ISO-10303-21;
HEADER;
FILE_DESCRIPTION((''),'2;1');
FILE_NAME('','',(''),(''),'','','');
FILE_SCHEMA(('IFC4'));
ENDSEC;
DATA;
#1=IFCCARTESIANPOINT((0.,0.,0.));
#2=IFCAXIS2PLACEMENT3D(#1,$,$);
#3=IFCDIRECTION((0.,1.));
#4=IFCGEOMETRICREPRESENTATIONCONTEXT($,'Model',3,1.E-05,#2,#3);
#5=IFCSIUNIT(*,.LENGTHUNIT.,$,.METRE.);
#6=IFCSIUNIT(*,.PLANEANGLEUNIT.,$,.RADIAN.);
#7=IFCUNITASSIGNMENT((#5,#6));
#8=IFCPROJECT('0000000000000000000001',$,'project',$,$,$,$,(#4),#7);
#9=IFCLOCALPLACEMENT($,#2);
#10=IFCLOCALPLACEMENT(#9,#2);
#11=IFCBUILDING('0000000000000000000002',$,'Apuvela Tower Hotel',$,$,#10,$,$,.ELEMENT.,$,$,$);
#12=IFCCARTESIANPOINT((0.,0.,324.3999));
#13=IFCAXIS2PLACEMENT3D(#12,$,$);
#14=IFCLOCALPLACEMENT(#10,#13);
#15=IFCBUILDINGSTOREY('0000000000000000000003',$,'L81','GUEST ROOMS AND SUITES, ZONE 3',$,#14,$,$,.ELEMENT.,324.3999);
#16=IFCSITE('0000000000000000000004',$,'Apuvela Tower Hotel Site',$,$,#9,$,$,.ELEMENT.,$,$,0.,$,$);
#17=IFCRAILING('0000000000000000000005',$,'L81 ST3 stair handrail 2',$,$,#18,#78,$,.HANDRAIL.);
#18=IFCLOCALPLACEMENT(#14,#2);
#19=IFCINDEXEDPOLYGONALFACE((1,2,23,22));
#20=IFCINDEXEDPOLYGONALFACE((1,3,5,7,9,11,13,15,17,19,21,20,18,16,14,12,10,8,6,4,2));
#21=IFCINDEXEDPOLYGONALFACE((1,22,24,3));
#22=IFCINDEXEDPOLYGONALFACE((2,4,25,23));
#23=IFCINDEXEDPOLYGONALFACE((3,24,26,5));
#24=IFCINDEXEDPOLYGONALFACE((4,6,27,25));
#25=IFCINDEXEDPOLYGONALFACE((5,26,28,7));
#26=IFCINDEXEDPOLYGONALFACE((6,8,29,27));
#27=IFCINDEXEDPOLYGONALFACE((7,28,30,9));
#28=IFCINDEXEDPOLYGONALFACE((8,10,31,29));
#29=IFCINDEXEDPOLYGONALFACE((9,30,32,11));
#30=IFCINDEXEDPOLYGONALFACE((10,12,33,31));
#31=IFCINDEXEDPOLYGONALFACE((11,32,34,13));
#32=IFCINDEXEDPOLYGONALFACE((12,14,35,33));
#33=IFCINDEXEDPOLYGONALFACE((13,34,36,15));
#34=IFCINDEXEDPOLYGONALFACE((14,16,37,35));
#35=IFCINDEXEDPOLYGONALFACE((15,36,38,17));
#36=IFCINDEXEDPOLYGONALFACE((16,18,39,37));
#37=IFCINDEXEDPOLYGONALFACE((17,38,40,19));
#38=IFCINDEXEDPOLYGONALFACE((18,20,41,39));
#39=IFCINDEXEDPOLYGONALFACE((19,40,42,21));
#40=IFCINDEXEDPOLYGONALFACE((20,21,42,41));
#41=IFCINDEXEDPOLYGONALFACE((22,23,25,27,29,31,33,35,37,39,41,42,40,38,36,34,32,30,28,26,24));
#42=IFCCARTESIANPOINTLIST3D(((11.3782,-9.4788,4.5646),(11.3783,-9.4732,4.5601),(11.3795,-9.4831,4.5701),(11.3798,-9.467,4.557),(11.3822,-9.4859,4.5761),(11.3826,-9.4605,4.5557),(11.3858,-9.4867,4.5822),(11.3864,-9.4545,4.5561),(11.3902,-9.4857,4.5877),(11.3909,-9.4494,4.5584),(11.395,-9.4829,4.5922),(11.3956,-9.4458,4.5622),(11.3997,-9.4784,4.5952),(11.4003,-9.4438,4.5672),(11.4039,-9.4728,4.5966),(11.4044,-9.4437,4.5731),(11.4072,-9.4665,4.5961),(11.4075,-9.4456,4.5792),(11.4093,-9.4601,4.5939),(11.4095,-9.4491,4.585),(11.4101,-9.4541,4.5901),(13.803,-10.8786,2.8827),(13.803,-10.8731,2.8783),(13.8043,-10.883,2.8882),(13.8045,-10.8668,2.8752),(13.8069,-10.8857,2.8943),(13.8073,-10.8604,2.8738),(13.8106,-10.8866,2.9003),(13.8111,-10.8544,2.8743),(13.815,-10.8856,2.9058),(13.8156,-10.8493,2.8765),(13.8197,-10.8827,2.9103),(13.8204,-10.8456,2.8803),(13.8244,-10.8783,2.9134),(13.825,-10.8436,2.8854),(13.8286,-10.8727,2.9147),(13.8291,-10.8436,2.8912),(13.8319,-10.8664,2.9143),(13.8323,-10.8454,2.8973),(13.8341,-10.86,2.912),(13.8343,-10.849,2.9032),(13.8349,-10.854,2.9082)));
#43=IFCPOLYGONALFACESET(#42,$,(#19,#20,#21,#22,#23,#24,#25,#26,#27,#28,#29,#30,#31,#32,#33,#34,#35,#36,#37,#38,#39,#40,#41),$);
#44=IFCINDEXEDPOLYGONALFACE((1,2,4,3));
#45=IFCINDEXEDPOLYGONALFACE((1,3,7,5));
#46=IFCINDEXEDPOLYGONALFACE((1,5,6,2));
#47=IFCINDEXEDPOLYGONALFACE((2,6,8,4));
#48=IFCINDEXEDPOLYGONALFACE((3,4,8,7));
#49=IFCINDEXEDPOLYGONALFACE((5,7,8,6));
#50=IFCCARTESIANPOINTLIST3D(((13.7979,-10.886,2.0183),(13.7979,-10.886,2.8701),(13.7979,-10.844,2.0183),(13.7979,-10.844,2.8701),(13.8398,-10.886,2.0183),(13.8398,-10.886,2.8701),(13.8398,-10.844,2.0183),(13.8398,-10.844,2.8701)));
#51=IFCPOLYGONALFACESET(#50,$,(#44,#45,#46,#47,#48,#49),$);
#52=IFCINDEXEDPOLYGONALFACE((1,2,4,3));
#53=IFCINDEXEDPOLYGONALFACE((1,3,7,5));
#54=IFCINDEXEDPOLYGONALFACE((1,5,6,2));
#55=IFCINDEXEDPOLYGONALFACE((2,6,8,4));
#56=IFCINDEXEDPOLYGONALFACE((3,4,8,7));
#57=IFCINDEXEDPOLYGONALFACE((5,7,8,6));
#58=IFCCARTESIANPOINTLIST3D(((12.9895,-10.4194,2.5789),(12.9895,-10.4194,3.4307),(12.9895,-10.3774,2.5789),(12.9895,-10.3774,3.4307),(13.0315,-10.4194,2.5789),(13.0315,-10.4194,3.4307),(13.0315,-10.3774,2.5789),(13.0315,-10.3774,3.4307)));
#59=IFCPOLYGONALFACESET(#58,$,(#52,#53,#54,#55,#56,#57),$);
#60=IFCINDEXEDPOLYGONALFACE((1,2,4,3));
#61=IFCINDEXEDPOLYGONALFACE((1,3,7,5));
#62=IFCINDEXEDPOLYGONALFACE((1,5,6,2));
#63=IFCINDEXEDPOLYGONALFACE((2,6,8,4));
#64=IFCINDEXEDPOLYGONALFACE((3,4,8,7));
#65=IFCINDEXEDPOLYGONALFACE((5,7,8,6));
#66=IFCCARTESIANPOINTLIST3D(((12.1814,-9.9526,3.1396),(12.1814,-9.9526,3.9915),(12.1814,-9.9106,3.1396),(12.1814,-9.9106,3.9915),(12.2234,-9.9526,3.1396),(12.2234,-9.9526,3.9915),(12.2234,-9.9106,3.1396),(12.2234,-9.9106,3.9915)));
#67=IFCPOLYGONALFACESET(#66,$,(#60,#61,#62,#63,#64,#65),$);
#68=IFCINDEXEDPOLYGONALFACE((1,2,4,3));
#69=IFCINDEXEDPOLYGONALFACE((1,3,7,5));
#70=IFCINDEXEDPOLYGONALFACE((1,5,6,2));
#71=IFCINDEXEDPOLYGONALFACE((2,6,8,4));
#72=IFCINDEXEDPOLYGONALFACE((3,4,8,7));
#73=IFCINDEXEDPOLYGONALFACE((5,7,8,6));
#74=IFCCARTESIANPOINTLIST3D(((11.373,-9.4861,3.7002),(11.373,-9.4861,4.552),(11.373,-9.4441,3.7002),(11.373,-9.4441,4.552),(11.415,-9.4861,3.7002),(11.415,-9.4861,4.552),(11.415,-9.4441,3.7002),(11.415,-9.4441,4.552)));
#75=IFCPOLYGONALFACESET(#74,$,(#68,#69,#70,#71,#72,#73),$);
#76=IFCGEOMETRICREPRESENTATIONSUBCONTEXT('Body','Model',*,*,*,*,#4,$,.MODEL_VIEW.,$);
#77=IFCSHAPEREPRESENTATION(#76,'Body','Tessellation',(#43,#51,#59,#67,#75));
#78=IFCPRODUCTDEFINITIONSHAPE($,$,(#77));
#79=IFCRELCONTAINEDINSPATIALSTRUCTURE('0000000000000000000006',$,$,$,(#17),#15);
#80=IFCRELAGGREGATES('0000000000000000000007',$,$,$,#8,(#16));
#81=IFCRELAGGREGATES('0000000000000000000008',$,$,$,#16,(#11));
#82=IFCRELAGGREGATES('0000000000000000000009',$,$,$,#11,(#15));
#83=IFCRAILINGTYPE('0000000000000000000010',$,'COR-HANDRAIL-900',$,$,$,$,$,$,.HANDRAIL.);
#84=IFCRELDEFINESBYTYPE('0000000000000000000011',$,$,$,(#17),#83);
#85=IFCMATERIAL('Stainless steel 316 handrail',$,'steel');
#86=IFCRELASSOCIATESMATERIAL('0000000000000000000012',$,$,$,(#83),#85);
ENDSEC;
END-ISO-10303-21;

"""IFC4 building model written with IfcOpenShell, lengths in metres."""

from ifc_helpers import new_model, si_unit, direction, frame, origin, origin_2d, place, context, subcontext, project, spatial, rectangle, circle, extrude, material, type_object, element, save


model = new_model("IFC4")

# Units and contexts
model_context = context("Model", 3, precision=1e-05, world=origin(), true_north=direction((0.0, 1.0)))
body_context = subcontext(model_context, "Body", "Model", "MODEL_VIEW")
ifc_project = project(units=[si_unit("LENGTHUNIT", "METRE"), si_unit("PLANEANGLEUNIT", "RADIAN")], contexts=[model_context])

# Site, building, storey
site_placement = place(None, origin())
site = spatial("IfcSite", under=ifc_project, at=site_placement, Name="Apuvela Tower Hotel Site", CompositionType="ELEMENT", RefElevation=0.0)
building_placement = place(site_placement, origin())
building = spatial("IfcBuilding", under=site, at=building_placement, Name="Apuvela Tower Hotel", CompositionType="ELEMENT")
storey_placement = place(building_placement, frame((0.0, 0.0, 324.3999)))
storey = spatial("IfcBuildingStorey", under=building, at=storey_placement, Name="L81", Description="GUEST ROOMS AND SUITES, ZONE 3", CompositionType="ELEMENT", Elevation=324.3999)

# Railing
ifc_material_1 = material(Name="Stainless steel 316 handrail", Category="steel")
railing_type_1 = type_object("IfcRailingType", Name="COR-HANDRAIL-900", PredefinedType="HANDRAIL", material=ifc_material_1)
railing_1_placement = place(storey_placement, frame((13.8188, -10.865, 2.0183)))
element("IfcRailing", 1, at=railing_1_placement, inside=storey, type_object=railing_type_1, Name="L81 ST3 stair handrail 2", PredefinedType="HANDRAIL", context=body_context, shape_type="SweptSolid", body=[
    extrude(circle(Radius=0.0239, at=origin_2d()), frame((0.0, 0.0, 0.876), z_axis=(-0.74239, 0.428601, 0.514934), x_axis=(-0.499984, -0.866035, 0.0)), (0.0, 0.0, 1.0), 3.2661),
    extrude(rectangle(XDim=0.042, YDim=0.042, at=origin_2d()), origin(), (0.0, 0.0, 1.0), 0.8518),
    extrude(rectangle(XDim=0.042, YDim=0.042, at=origin_2d()), frame((-0.8083, 0.4666, 0.5605)), (0.0, 0.0, 1.0), 0.8518),
    extrude(rectangle(XDim=0.042, YDim=0.042, at=origin_2d()), frame((-1.6165, 0.9333, 1.1213)), (0.0, 0.0, 1.0), 0.8518),
    extrude(rectangle(XDim=0.042, YDim=0.042, at=origin_2d()), frame((-2.4248, 1.3999, 1.6819)), (0.0, 0.0, 1.0), 0.8518),
])

save(model, "model.ifc")
